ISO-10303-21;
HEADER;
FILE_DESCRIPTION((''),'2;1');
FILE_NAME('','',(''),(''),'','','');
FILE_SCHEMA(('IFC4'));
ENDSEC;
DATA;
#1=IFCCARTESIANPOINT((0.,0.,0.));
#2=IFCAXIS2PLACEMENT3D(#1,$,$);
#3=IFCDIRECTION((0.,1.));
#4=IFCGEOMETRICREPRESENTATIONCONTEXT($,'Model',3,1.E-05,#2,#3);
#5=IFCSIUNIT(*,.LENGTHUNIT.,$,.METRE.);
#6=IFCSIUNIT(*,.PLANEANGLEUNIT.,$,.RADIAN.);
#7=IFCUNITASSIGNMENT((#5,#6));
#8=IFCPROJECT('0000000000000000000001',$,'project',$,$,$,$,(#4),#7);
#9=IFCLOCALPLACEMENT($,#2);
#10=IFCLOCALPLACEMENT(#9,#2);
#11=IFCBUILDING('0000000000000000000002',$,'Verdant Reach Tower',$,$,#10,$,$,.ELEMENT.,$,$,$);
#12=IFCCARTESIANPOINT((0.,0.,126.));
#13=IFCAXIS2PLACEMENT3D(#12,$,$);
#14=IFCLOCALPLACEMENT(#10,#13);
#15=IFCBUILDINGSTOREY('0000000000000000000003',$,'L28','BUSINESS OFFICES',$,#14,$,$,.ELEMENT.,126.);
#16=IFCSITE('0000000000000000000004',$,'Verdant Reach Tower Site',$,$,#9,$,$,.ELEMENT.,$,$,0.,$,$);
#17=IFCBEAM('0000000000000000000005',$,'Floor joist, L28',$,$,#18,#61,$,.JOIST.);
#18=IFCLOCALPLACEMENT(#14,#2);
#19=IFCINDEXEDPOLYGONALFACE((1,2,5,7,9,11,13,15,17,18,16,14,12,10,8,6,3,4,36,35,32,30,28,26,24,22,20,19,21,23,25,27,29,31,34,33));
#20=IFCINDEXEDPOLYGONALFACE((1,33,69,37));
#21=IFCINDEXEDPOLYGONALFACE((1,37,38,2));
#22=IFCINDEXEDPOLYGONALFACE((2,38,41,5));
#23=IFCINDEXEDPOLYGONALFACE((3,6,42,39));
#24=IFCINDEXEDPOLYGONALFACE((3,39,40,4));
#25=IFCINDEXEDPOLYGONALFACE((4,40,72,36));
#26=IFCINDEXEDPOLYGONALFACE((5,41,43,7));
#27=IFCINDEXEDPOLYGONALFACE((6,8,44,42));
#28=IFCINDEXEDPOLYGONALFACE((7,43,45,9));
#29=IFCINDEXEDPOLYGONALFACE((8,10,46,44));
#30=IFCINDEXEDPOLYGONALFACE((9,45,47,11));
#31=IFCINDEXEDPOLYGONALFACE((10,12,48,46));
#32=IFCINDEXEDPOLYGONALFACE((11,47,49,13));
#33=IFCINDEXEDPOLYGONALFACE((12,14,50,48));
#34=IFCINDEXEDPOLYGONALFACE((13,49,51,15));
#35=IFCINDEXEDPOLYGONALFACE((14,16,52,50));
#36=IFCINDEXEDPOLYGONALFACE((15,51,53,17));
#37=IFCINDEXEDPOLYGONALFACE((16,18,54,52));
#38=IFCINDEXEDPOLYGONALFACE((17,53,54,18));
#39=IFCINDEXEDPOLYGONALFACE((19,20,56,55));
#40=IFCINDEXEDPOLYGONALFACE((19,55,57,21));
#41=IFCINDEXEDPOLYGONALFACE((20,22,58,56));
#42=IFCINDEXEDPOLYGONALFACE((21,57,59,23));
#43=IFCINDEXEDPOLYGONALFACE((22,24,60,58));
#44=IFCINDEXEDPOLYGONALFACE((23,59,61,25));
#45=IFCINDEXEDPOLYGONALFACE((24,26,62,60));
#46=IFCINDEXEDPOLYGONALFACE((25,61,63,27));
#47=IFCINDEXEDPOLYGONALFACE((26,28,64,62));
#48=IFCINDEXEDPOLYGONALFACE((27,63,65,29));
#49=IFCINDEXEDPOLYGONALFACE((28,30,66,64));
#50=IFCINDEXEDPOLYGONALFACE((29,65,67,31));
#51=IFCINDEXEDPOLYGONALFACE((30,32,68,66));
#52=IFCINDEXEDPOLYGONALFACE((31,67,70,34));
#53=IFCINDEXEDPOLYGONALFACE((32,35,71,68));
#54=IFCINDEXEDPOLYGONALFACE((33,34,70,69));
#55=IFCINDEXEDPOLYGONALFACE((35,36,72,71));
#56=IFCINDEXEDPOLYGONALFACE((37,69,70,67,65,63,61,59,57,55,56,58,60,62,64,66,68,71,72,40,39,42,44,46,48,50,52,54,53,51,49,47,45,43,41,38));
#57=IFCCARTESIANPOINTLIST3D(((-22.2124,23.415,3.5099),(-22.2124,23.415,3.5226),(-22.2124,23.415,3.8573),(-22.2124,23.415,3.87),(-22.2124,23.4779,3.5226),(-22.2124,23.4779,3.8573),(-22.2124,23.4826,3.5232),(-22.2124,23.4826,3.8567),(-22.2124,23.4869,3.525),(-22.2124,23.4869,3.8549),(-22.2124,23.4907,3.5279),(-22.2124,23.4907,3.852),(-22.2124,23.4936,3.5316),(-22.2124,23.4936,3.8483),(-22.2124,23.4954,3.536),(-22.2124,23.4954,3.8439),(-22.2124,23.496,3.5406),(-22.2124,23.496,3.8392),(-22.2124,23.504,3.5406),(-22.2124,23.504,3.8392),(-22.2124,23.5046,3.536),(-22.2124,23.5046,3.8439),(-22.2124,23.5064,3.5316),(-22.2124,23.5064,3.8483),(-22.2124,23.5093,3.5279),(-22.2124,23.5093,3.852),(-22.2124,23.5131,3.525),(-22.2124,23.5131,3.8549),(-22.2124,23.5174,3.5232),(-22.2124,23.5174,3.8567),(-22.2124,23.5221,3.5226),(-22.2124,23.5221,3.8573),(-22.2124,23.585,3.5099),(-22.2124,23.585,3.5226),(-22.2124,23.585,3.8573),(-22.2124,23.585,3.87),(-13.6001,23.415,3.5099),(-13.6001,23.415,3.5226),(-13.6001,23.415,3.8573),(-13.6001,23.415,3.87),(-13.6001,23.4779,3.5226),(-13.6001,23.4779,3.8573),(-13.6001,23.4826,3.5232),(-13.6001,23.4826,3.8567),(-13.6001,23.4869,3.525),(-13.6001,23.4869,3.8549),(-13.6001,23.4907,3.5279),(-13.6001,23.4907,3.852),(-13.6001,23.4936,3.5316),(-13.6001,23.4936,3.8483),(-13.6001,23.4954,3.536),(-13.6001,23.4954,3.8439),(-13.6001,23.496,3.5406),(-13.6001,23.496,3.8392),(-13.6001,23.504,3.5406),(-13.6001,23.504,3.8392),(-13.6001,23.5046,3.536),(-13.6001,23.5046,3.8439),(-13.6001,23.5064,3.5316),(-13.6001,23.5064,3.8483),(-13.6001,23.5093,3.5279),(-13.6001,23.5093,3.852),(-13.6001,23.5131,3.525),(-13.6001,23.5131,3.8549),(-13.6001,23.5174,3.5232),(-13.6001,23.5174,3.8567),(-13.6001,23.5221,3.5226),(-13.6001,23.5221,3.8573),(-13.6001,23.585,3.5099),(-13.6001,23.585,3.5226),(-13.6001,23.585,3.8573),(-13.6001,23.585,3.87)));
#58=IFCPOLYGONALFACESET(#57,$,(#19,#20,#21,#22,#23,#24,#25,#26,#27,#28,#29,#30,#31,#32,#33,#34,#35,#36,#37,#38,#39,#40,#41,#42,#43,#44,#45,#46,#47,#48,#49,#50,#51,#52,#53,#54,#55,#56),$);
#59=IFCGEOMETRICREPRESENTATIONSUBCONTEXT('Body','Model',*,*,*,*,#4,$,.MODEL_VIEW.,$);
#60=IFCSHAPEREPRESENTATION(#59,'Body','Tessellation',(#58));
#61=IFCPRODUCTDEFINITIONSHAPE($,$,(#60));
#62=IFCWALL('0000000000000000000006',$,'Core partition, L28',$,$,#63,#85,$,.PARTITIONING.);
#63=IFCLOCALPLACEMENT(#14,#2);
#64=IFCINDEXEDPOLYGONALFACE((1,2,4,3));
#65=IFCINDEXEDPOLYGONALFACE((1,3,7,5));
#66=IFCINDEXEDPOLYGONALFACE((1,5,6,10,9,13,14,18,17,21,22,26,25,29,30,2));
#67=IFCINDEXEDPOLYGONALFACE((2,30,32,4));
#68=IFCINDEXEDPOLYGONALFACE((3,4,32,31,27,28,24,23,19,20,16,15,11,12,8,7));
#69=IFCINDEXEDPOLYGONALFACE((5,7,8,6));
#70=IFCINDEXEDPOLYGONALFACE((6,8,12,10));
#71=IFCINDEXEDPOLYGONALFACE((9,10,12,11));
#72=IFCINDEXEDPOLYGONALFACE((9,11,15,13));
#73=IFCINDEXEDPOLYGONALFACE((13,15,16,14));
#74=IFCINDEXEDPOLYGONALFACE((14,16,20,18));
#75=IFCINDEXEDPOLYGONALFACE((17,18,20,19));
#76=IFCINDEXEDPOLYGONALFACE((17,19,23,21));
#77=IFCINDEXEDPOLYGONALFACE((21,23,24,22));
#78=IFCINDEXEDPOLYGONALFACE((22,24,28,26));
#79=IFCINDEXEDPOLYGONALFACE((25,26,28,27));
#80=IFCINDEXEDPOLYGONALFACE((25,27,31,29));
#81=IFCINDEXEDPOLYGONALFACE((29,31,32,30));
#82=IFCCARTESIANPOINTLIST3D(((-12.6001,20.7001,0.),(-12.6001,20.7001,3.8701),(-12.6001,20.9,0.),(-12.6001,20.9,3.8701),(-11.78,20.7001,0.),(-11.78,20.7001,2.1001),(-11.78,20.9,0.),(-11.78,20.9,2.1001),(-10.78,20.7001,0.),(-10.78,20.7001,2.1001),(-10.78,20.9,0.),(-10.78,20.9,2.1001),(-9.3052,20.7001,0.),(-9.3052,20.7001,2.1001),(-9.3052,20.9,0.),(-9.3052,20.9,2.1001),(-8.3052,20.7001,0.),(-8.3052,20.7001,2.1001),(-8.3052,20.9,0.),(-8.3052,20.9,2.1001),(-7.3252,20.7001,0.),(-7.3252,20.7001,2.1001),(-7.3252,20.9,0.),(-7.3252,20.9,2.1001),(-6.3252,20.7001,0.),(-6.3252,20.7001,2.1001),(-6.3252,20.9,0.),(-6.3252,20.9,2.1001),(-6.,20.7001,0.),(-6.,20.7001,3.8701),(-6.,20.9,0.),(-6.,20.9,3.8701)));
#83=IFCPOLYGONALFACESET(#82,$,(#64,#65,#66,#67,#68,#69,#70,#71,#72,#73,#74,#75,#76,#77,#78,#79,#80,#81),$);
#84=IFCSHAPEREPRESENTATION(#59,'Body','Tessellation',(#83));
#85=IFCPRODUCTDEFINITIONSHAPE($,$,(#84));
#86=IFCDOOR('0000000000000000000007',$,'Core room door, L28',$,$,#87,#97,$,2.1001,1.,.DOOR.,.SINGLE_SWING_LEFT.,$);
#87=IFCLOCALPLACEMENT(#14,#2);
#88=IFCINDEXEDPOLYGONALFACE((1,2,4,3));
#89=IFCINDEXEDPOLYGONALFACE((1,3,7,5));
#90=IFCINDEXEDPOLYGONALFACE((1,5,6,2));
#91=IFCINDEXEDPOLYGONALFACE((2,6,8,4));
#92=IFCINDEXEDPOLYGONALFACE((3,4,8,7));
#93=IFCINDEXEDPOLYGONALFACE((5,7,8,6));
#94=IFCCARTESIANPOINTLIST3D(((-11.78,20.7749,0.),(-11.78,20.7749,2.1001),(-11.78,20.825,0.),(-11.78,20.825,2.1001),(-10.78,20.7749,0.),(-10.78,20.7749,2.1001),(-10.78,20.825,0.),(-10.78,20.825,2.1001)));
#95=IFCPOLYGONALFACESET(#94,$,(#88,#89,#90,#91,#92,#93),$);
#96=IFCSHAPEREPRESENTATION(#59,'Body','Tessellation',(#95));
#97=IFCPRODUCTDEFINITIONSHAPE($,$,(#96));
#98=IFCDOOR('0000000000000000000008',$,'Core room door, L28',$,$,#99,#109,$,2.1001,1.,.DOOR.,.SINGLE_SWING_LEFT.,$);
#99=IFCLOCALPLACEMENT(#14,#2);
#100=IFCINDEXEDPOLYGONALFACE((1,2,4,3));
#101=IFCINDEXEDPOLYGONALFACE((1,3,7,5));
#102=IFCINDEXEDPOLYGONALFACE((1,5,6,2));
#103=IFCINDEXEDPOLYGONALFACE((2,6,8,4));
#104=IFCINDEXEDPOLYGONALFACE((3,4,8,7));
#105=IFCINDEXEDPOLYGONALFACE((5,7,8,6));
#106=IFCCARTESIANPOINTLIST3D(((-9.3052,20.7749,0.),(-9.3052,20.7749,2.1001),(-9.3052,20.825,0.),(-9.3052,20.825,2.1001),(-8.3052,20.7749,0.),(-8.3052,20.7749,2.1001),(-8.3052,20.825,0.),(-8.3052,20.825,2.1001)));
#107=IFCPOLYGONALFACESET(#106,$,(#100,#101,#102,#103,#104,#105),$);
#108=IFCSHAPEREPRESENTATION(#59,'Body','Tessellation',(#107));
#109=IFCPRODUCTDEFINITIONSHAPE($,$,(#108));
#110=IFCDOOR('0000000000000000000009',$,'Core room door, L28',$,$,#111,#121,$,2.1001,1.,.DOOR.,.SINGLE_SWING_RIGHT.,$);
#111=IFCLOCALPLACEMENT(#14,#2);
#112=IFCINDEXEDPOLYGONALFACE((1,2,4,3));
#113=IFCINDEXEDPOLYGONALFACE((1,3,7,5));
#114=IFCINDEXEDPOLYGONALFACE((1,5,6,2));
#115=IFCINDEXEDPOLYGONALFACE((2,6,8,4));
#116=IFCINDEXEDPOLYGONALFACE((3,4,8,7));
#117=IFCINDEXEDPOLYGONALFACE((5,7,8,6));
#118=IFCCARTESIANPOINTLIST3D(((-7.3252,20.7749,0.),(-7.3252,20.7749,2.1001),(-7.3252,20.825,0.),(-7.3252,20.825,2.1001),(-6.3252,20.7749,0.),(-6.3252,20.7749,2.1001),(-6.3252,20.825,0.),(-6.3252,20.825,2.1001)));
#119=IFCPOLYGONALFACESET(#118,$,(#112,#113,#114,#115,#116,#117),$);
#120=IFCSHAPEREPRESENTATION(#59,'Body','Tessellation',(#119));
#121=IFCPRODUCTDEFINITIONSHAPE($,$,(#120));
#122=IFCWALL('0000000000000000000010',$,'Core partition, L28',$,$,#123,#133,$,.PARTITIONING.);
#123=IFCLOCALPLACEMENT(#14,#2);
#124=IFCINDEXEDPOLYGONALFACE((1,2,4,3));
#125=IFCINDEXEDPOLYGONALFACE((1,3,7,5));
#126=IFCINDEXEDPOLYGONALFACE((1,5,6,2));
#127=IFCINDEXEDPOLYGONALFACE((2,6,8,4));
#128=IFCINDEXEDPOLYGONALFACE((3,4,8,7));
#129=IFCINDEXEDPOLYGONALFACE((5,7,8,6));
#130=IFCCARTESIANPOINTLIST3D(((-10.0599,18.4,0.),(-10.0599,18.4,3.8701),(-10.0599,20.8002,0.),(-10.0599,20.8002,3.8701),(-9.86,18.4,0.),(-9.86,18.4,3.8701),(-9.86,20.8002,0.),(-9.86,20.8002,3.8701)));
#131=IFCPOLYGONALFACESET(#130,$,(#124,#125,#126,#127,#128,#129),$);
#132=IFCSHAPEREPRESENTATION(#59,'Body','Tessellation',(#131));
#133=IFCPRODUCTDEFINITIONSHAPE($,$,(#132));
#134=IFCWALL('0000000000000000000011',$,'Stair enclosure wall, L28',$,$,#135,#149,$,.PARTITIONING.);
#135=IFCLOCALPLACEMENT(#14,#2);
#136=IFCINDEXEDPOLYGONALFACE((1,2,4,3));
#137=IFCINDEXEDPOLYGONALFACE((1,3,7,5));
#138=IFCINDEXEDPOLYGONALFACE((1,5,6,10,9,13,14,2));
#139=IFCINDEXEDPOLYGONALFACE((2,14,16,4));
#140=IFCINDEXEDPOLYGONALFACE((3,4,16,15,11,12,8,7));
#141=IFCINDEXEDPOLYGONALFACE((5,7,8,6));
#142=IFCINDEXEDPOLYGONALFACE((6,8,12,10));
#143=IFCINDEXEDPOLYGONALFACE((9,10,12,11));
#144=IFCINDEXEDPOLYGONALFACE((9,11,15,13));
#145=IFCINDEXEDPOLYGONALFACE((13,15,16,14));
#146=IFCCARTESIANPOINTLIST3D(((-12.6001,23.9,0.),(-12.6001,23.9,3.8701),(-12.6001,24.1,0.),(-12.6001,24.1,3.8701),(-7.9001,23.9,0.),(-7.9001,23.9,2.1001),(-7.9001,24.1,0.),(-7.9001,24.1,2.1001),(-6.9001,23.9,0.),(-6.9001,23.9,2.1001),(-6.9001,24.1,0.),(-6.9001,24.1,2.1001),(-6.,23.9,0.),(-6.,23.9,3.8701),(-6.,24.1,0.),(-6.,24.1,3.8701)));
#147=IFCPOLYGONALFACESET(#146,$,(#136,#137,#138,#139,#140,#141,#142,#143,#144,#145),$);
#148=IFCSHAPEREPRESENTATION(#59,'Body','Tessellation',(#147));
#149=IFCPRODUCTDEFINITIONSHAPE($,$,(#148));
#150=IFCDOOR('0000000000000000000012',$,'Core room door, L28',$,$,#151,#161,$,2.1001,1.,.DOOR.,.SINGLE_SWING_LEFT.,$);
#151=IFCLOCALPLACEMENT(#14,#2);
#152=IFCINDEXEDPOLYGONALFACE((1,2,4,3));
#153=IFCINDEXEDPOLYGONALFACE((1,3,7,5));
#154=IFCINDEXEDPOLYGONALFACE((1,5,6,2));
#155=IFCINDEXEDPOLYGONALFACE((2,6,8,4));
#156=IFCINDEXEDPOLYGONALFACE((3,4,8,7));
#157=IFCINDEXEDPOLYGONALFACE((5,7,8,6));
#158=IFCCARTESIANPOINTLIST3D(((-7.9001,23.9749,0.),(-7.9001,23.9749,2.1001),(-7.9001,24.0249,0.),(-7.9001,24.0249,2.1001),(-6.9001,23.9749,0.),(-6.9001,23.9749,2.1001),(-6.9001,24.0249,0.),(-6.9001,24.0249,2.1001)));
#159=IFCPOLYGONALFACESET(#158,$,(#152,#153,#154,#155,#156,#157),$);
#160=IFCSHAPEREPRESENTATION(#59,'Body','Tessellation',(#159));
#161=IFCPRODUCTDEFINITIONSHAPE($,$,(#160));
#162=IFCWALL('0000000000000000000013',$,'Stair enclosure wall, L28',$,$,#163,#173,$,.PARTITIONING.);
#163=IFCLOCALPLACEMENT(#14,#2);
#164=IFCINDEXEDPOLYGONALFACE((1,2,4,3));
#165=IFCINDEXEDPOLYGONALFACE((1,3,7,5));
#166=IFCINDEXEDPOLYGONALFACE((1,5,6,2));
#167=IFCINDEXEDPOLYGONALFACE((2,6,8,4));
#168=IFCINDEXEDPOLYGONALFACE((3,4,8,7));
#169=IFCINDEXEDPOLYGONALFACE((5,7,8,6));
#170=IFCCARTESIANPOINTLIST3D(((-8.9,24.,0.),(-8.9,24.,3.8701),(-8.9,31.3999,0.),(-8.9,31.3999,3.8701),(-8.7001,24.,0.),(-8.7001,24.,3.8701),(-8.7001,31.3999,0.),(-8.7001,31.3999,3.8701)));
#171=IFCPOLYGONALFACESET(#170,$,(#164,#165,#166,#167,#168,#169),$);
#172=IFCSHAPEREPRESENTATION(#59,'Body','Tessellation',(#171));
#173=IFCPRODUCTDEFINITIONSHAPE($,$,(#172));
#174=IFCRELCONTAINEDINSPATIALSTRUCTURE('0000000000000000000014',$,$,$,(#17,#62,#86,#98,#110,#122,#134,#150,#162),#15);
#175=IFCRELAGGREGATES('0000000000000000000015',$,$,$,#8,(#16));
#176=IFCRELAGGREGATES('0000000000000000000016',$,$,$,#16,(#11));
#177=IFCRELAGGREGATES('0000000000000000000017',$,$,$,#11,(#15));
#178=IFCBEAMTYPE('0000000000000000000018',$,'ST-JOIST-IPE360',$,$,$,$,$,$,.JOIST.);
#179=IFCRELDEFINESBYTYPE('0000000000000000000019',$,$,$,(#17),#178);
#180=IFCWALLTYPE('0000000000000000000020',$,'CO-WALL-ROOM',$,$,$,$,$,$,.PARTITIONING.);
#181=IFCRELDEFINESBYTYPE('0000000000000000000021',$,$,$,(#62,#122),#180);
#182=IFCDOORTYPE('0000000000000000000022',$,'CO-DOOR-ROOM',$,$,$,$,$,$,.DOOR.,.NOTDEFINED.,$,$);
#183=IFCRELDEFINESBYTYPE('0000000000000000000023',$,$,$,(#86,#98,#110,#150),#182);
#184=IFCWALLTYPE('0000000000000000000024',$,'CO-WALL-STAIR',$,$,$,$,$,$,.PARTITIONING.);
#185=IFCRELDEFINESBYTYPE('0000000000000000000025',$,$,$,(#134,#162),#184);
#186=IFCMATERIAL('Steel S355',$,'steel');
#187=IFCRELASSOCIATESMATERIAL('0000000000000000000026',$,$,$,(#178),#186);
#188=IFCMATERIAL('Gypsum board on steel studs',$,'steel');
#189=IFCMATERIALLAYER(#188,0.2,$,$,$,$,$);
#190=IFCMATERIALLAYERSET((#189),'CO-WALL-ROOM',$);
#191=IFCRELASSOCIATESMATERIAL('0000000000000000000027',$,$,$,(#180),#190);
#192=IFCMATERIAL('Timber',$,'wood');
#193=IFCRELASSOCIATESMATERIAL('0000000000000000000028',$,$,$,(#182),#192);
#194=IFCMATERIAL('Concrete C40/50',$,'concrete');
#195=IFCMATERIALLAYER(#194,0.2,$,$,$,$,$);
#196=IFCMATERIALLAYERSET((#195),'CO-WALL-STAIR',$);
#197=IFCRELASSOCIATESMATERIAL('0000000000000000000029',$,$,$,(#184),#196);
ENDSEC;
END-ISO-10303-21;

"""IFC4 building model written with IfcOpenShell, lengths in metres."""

from ifc_helpers import new_model, si_unit, direction, frame, frame_2d, origin, origin_2d, place, context, subcontext, project, spatial, rectangle, i_section, extrude, material, layer, layer_set, material_profile, profile_set, type_object, element, fill, save


model = new_model("IFC4")

# Units and contexts
model_context = context("Model", 3, precision=1e-05, world=origin(), true_north=direction((0.0, 1.0)))
body_context = subcontext(model_context, "Body", "Model", "MODEL_VIEW")
ifc_project = project(units=[si_unit("LENGTHUNIT", "METRE"), si_unit("PLANEANGLEUNIT", "RADIAN")], contexts=[model_context])

# Site, building, storey
site_placement = place(None, origin())
site = spatial("IfcSite", under=ifc_project, at=site_placement, Name="Verdant Reach Tower Site", CompositionType="ELEMENT", RefElevation=0.0)
building_placement = place(site_placement, origin())
building = spatial("IfcBuilding", under=site, at=building_placement, Name="Verdant Reach Tower", CompositionType="ELEMENT")
storey_placement = place(building_placement, frame((0.0, 0.0, 126.0)))
storey = spatial("IfcBuildingStorey", under=building, at=storey_placement, Name="L28", Description="BUSINESS OFFICES", CompositionType="ELEMENT", Elevation=126.0)

# Beam
ifc_material_1 = material(Name="Steel S355", Category="steel")
ifc_material_profile = material_profile(ifc_material_1, i_section(OverallWidth=0.1699, OverallDepth=0.3601, WebThickness=0.0081, FlangeThickness=0.0127, FilletRadius=0.0181, at=origin_2d()), Name="IPE 360")
ifc_profile_set = profile_set([ifc_material_profile], Name="Steel S355")
beam_type = type_object("IfcBeamType", Name="ST-JOIST-IPE360", PredefinedType="JOIST", material=ifc_profile_set)
beam_placement = place(storey_placement, frame((-13.6001, 23.5, 3.6899), z_axis=(-1.0, 0.0, 0.0), x_axis=(0.0, -1.0, 0.0)))
element("IfcBeam", 1, at=beam_placement, inside=storey, type_object=beam_type, Name="Floor joist, L28", PredefinedType="JOIST", context=body_context, shape_type="SweptSolid", body=[
    extrude(i_section(OverallWidth=0.1699, OverallDepth=0.3601, WebThickness=0.0081, FlangeThickness=0.0127, FilletRadius=0.0181, at=origin_2d()), origin(), (0.0, 0.0, 1.0), 8.6123),
])

# Wall, openings, doors
ifc_material_2 = material(Name="Gypsum board on steel studs", Category="steel")
ifc_layer_1 = layer(ifc_material_2, 0.2)
ifc_layer_set_1 = layer_set([ifc_layer_1], Name="CO-WALL-ROOM")
wall_type_1 = type_object("IfcWallType", Name="CO-WALL-ROOM", PredefinedType="PARTITIONING", material=ifc_layer_set_1)
wall_1_placement = place(storey_placement, frame((-12.6001, 20.8, 0.0), z_axis=(0.0, 0.0, 1.0), x_axis=(1.0, 0.0, 0.0)))
wall_1 = element("IfcWall", 2, at=wall_1_placement, inside=storey, type_object=wall_type_1, Name="Core partition, L28", PredefinedType="PARTITIONING", context=body_context, shape_type="SweptSolid", body=[
    extrude(rectangle(XDim=6.6001, YDim=0.2, at=frame_2d((3.3, 0.0))), origin(), (0.0, 0.0, 1.0), 3.8701),
])
opening_1_placement = place(wall_1_placement, frame((0.8201, 0.0, 0.0)))
opening_1 = element("IfcOpeningElement", 3, at=opening_1_placement, cuts=wall_1, PredefinedType="OPENING", context=body_context, shape_type="SweptSolid", body=[
    extrude(rectangle(XDim=1.0, YDim=2.1001, at=frame_2d((0.5, 1.05))), frame((0.0, 0.1099, 0.0), z_axis=(0.0, -1.0, 0.0), x_axis=(1.0, 0.0, 0.0)), (0.0, 0.0, 1.0), 0.22),
])
opening_2_placement = place(wall_1_placement, frame((3.2949, 0.0, 0.0)))
opening_2 = element("IfcOpeningElement", 4, at=opening_2_placement, cuts=wall_1, PredefinedType="OPENING", context=body_context, shape_type="SweptSolid", body=[
    extrude(rectangle(XDim=1.0, YDim=2.1001, at=frame_2d((0.5, 1.05))), frame((0.0, 0.1099, 0.0), z_axis=(0.0, -1.0, 0.0), x_axis=(1.0, 0.0, 0.0)), (0.0, 0.0, 1.0), 0.22),
])
opening_3_placement = place(wall_1_placement, frame((5.2749, 0.0, 0.0)))
opening_3 = element("IfcOpeningElement", 5, at=opening_3_placement, cuts=wall_1, PredefinedType="OPENING", context=body_context, shape_type="SweptSolid", body=[
    extrude(rectangle(XDim=1.0, YDim=2.1001, at=frame_2d((0.5, 1.05))), frame((0.0, 0.1099, 0.0), z_axis=(0.0, -1.0, 0.0), x_axis=(1.0, 0.0, 0.0)), (0.0, 0.0, 1.0), 0.22),
])
ifc_material_3 = material(Name="Timber", Category="wood")
door_type_1 = type_object("IfcDoorType", Name="CO-DOOR-ROOM", OperationType="NOTDEFINED", PredefinedType="DOOR", material=ifc_material_3)
door_1_placement = place(opening_1_placement, origin())
door_1 = element("IfcDoor", 6, at=door_1_placement, inside=storey, type_object=door_type_1, Name="Core room door, L28", OperationType="SINGLE_SWING_LEFT", OverallHeight=2.1001, OverallWidth=1.0, PredefinedType="DOOR", context=body_context, shape_type="SweptSolid", body=[
    extrude(rectangle(XDim=1.0, YDim=2.1001, at=frame_2d((0.5, 1.05))), frame((0.0, 0.0249, 0.0), z_axis=(0.0, -1.0, 0.0), x_axis=(1.0, 0.0, 0.0)), (0.0, 0.0, 1.0), 0.05),
])
fill(opening_1, door_1)
door_2_placement = place(opening_2_placement, origin())
door_2 = element("IfcDoor", 7, at=door_2_placement, inside=storey, type_object=door_type_1, Name="Core room door, L28", OperationType="SINGLE_SWING_LEFT", OverallHeight=2.1001, OverallWidth=1.0, PredefinedType="DOOR", context=body_context, shape_type="SweptSolid", body=[
    extrude(rectangle(XDim=1.0, YDim=2.1001, at=frame_2d((0.5, 1.05))), frame((0.0, 0.0249, 0.0), z_axis=(0.0, -1.0, 0.0), x_axis=(1.0, 0.0, 0.0)), (0.0, 0.0, 1.0), 0.05),
])
fill(opening_2, door_2)
door_3_placement = place(opening_3_placement, origin())
door_3 = element("IfcDoor", 8, at=door_3_placement, inside=storey, type_object=door_type_1, Name="Core room door, L28", OperationType="SINGLE_SWING_RIGHT", OverallHeight=2.1001, OverallWidth=1.0, PredefinedType="DOOR", context=body_context, shape_type="SweptSolid", body=[
    extrude(rectangle(XDim=1.0, YDim=2.1001, at=frame_2d((0.5, 1.05))), frame((0.0, 0.0249, 0.0), z_axis=(0.0, -1.0, 0.0), x_axis=(1.0, 0.0, 0.0)), (0.0, 0.0, 1.0), 0.05),
])
fill(opening_3, door_3)

# Wall
wall_2_placement = place(storey_placement, frame((-9.96, 18.3999, 0.0), z_axis=(0.0, 0.0, 1.0), x_axis=(0.0, 1.0, 0.0)))
element("IfcWall", 9, at=wall_2_placement, inside=storey, type_object=wall_type_1, Name="Core partition, L28", PredefinedType="PARTITIONING", context=body_context, shape_type="SweptSolid", body=[
    extrude(rectangle(XDim=2.4001, YDim=0.2, at=frame_2d((1.2002, 0.0))), origin(), (0.0, 0.0, 1.0), 3.8701),
])

# Wall, opening, door
ifc_material_4 = material(Name="Concrete C40/50", Category="concrete")
ifc_layer_2 = layer(ifc_material_4, 0.2)
ifc_layer_set_2 = layer_set([ifc_layer_2], Name="CO-WALL-STAIR")
wall_type_2 = type_object("IfcWallType", Name="CO-WALL-STAIR", PredefinedType="PARTITIONING", material=ifc_layer_set_2)
wall_3_placement = place(storey_placement, frame((-12.6001, 24.0, 0.0), z_axis=(0.0, 0.0, 1.0), x_axis=(1.0, 0.0, 0.0)))
wall_3 = element("IfcWall", 10, at=wall_3_placement, inside=storey, type_object=wall_type_2, Name="Stair enclosure wall, L28", PredefinedType="PARTITIONING", context=body_context, shape_type="SweptSolid", body=[
    extrude(rectangle(XDim=6.6001, YDim=0.2, at=frame_2d((3.3, 0.0))), origin(), (0.0, 0.0, 1.0), 3.8701),
])
opening_4_placement = place(wall_3_placement, frame((4.7, 0.0, 0.0)))
opening_4 = element("IfcOpeningElement", 11, at=opening_4_placement, cuts=wall_3, PredefinedType="OPENING", context=body_context, shape_type="SweptSolid", body=[
    extrude(rectangle(XDim=1.0, YDim=2.1001, at=frame_2d((0.5, 1.05))), frame((0.0, 0.1099, 0.0), z_axis=(0.0, -1.0, 0.0), x_axis=(1.0, 0.0, 0.0)), (0.0, 0.0, 1.0), 0.22),
])
door_4_placement = place(opening_4_placement, origin())
door_4 = element("IfcDoor", 12, at=door_4_placement, inside=storey, type_object=door_type_1, Name="Core room door, L28", OperationType="SINGLE_SWING_LEFT", OverallHeight=2.1001, OverallWidth=1.0, PredefinedType="DOOR", context=body_context, shape_type="SweptSolid", body=[
    extrude(rectangle(XDim=1.0, YDim=2.1001, at=frame_2d((0.5, 1.05))), frame((0.0, 0.0249, 0.0), z_axis=(0.0, -1.0, 0.0), x_axis=(1.0, 0.0, 0.0)), (0.0, 0.0, 1.0), 0.05),
])
fill(opening_4, door_4)

# Wall
wall_4_placement = place(storey_placement, frame((-8.8, 24.0, 0.0), z_axis=(0.0, 0.0, 1.0), x_axis=(0.0, 1.0, 0.0)))
element("IfcWall", 13, at=wall_4_placement, inside=storey, type_object=wall_type_2, Name="Stair enclosure wall, L28", PredefinedType="PARTITIONING", context=body_context, shape_type="SweptSolid", body=[
    extrude(rectangle(XDim=7.3999, YDim=0.2, at=frame_2d((3.7, 0.0))), origin(), (0.0, 0.0, 1.0), 3.8701),
])

save(model, "model.ifc")
